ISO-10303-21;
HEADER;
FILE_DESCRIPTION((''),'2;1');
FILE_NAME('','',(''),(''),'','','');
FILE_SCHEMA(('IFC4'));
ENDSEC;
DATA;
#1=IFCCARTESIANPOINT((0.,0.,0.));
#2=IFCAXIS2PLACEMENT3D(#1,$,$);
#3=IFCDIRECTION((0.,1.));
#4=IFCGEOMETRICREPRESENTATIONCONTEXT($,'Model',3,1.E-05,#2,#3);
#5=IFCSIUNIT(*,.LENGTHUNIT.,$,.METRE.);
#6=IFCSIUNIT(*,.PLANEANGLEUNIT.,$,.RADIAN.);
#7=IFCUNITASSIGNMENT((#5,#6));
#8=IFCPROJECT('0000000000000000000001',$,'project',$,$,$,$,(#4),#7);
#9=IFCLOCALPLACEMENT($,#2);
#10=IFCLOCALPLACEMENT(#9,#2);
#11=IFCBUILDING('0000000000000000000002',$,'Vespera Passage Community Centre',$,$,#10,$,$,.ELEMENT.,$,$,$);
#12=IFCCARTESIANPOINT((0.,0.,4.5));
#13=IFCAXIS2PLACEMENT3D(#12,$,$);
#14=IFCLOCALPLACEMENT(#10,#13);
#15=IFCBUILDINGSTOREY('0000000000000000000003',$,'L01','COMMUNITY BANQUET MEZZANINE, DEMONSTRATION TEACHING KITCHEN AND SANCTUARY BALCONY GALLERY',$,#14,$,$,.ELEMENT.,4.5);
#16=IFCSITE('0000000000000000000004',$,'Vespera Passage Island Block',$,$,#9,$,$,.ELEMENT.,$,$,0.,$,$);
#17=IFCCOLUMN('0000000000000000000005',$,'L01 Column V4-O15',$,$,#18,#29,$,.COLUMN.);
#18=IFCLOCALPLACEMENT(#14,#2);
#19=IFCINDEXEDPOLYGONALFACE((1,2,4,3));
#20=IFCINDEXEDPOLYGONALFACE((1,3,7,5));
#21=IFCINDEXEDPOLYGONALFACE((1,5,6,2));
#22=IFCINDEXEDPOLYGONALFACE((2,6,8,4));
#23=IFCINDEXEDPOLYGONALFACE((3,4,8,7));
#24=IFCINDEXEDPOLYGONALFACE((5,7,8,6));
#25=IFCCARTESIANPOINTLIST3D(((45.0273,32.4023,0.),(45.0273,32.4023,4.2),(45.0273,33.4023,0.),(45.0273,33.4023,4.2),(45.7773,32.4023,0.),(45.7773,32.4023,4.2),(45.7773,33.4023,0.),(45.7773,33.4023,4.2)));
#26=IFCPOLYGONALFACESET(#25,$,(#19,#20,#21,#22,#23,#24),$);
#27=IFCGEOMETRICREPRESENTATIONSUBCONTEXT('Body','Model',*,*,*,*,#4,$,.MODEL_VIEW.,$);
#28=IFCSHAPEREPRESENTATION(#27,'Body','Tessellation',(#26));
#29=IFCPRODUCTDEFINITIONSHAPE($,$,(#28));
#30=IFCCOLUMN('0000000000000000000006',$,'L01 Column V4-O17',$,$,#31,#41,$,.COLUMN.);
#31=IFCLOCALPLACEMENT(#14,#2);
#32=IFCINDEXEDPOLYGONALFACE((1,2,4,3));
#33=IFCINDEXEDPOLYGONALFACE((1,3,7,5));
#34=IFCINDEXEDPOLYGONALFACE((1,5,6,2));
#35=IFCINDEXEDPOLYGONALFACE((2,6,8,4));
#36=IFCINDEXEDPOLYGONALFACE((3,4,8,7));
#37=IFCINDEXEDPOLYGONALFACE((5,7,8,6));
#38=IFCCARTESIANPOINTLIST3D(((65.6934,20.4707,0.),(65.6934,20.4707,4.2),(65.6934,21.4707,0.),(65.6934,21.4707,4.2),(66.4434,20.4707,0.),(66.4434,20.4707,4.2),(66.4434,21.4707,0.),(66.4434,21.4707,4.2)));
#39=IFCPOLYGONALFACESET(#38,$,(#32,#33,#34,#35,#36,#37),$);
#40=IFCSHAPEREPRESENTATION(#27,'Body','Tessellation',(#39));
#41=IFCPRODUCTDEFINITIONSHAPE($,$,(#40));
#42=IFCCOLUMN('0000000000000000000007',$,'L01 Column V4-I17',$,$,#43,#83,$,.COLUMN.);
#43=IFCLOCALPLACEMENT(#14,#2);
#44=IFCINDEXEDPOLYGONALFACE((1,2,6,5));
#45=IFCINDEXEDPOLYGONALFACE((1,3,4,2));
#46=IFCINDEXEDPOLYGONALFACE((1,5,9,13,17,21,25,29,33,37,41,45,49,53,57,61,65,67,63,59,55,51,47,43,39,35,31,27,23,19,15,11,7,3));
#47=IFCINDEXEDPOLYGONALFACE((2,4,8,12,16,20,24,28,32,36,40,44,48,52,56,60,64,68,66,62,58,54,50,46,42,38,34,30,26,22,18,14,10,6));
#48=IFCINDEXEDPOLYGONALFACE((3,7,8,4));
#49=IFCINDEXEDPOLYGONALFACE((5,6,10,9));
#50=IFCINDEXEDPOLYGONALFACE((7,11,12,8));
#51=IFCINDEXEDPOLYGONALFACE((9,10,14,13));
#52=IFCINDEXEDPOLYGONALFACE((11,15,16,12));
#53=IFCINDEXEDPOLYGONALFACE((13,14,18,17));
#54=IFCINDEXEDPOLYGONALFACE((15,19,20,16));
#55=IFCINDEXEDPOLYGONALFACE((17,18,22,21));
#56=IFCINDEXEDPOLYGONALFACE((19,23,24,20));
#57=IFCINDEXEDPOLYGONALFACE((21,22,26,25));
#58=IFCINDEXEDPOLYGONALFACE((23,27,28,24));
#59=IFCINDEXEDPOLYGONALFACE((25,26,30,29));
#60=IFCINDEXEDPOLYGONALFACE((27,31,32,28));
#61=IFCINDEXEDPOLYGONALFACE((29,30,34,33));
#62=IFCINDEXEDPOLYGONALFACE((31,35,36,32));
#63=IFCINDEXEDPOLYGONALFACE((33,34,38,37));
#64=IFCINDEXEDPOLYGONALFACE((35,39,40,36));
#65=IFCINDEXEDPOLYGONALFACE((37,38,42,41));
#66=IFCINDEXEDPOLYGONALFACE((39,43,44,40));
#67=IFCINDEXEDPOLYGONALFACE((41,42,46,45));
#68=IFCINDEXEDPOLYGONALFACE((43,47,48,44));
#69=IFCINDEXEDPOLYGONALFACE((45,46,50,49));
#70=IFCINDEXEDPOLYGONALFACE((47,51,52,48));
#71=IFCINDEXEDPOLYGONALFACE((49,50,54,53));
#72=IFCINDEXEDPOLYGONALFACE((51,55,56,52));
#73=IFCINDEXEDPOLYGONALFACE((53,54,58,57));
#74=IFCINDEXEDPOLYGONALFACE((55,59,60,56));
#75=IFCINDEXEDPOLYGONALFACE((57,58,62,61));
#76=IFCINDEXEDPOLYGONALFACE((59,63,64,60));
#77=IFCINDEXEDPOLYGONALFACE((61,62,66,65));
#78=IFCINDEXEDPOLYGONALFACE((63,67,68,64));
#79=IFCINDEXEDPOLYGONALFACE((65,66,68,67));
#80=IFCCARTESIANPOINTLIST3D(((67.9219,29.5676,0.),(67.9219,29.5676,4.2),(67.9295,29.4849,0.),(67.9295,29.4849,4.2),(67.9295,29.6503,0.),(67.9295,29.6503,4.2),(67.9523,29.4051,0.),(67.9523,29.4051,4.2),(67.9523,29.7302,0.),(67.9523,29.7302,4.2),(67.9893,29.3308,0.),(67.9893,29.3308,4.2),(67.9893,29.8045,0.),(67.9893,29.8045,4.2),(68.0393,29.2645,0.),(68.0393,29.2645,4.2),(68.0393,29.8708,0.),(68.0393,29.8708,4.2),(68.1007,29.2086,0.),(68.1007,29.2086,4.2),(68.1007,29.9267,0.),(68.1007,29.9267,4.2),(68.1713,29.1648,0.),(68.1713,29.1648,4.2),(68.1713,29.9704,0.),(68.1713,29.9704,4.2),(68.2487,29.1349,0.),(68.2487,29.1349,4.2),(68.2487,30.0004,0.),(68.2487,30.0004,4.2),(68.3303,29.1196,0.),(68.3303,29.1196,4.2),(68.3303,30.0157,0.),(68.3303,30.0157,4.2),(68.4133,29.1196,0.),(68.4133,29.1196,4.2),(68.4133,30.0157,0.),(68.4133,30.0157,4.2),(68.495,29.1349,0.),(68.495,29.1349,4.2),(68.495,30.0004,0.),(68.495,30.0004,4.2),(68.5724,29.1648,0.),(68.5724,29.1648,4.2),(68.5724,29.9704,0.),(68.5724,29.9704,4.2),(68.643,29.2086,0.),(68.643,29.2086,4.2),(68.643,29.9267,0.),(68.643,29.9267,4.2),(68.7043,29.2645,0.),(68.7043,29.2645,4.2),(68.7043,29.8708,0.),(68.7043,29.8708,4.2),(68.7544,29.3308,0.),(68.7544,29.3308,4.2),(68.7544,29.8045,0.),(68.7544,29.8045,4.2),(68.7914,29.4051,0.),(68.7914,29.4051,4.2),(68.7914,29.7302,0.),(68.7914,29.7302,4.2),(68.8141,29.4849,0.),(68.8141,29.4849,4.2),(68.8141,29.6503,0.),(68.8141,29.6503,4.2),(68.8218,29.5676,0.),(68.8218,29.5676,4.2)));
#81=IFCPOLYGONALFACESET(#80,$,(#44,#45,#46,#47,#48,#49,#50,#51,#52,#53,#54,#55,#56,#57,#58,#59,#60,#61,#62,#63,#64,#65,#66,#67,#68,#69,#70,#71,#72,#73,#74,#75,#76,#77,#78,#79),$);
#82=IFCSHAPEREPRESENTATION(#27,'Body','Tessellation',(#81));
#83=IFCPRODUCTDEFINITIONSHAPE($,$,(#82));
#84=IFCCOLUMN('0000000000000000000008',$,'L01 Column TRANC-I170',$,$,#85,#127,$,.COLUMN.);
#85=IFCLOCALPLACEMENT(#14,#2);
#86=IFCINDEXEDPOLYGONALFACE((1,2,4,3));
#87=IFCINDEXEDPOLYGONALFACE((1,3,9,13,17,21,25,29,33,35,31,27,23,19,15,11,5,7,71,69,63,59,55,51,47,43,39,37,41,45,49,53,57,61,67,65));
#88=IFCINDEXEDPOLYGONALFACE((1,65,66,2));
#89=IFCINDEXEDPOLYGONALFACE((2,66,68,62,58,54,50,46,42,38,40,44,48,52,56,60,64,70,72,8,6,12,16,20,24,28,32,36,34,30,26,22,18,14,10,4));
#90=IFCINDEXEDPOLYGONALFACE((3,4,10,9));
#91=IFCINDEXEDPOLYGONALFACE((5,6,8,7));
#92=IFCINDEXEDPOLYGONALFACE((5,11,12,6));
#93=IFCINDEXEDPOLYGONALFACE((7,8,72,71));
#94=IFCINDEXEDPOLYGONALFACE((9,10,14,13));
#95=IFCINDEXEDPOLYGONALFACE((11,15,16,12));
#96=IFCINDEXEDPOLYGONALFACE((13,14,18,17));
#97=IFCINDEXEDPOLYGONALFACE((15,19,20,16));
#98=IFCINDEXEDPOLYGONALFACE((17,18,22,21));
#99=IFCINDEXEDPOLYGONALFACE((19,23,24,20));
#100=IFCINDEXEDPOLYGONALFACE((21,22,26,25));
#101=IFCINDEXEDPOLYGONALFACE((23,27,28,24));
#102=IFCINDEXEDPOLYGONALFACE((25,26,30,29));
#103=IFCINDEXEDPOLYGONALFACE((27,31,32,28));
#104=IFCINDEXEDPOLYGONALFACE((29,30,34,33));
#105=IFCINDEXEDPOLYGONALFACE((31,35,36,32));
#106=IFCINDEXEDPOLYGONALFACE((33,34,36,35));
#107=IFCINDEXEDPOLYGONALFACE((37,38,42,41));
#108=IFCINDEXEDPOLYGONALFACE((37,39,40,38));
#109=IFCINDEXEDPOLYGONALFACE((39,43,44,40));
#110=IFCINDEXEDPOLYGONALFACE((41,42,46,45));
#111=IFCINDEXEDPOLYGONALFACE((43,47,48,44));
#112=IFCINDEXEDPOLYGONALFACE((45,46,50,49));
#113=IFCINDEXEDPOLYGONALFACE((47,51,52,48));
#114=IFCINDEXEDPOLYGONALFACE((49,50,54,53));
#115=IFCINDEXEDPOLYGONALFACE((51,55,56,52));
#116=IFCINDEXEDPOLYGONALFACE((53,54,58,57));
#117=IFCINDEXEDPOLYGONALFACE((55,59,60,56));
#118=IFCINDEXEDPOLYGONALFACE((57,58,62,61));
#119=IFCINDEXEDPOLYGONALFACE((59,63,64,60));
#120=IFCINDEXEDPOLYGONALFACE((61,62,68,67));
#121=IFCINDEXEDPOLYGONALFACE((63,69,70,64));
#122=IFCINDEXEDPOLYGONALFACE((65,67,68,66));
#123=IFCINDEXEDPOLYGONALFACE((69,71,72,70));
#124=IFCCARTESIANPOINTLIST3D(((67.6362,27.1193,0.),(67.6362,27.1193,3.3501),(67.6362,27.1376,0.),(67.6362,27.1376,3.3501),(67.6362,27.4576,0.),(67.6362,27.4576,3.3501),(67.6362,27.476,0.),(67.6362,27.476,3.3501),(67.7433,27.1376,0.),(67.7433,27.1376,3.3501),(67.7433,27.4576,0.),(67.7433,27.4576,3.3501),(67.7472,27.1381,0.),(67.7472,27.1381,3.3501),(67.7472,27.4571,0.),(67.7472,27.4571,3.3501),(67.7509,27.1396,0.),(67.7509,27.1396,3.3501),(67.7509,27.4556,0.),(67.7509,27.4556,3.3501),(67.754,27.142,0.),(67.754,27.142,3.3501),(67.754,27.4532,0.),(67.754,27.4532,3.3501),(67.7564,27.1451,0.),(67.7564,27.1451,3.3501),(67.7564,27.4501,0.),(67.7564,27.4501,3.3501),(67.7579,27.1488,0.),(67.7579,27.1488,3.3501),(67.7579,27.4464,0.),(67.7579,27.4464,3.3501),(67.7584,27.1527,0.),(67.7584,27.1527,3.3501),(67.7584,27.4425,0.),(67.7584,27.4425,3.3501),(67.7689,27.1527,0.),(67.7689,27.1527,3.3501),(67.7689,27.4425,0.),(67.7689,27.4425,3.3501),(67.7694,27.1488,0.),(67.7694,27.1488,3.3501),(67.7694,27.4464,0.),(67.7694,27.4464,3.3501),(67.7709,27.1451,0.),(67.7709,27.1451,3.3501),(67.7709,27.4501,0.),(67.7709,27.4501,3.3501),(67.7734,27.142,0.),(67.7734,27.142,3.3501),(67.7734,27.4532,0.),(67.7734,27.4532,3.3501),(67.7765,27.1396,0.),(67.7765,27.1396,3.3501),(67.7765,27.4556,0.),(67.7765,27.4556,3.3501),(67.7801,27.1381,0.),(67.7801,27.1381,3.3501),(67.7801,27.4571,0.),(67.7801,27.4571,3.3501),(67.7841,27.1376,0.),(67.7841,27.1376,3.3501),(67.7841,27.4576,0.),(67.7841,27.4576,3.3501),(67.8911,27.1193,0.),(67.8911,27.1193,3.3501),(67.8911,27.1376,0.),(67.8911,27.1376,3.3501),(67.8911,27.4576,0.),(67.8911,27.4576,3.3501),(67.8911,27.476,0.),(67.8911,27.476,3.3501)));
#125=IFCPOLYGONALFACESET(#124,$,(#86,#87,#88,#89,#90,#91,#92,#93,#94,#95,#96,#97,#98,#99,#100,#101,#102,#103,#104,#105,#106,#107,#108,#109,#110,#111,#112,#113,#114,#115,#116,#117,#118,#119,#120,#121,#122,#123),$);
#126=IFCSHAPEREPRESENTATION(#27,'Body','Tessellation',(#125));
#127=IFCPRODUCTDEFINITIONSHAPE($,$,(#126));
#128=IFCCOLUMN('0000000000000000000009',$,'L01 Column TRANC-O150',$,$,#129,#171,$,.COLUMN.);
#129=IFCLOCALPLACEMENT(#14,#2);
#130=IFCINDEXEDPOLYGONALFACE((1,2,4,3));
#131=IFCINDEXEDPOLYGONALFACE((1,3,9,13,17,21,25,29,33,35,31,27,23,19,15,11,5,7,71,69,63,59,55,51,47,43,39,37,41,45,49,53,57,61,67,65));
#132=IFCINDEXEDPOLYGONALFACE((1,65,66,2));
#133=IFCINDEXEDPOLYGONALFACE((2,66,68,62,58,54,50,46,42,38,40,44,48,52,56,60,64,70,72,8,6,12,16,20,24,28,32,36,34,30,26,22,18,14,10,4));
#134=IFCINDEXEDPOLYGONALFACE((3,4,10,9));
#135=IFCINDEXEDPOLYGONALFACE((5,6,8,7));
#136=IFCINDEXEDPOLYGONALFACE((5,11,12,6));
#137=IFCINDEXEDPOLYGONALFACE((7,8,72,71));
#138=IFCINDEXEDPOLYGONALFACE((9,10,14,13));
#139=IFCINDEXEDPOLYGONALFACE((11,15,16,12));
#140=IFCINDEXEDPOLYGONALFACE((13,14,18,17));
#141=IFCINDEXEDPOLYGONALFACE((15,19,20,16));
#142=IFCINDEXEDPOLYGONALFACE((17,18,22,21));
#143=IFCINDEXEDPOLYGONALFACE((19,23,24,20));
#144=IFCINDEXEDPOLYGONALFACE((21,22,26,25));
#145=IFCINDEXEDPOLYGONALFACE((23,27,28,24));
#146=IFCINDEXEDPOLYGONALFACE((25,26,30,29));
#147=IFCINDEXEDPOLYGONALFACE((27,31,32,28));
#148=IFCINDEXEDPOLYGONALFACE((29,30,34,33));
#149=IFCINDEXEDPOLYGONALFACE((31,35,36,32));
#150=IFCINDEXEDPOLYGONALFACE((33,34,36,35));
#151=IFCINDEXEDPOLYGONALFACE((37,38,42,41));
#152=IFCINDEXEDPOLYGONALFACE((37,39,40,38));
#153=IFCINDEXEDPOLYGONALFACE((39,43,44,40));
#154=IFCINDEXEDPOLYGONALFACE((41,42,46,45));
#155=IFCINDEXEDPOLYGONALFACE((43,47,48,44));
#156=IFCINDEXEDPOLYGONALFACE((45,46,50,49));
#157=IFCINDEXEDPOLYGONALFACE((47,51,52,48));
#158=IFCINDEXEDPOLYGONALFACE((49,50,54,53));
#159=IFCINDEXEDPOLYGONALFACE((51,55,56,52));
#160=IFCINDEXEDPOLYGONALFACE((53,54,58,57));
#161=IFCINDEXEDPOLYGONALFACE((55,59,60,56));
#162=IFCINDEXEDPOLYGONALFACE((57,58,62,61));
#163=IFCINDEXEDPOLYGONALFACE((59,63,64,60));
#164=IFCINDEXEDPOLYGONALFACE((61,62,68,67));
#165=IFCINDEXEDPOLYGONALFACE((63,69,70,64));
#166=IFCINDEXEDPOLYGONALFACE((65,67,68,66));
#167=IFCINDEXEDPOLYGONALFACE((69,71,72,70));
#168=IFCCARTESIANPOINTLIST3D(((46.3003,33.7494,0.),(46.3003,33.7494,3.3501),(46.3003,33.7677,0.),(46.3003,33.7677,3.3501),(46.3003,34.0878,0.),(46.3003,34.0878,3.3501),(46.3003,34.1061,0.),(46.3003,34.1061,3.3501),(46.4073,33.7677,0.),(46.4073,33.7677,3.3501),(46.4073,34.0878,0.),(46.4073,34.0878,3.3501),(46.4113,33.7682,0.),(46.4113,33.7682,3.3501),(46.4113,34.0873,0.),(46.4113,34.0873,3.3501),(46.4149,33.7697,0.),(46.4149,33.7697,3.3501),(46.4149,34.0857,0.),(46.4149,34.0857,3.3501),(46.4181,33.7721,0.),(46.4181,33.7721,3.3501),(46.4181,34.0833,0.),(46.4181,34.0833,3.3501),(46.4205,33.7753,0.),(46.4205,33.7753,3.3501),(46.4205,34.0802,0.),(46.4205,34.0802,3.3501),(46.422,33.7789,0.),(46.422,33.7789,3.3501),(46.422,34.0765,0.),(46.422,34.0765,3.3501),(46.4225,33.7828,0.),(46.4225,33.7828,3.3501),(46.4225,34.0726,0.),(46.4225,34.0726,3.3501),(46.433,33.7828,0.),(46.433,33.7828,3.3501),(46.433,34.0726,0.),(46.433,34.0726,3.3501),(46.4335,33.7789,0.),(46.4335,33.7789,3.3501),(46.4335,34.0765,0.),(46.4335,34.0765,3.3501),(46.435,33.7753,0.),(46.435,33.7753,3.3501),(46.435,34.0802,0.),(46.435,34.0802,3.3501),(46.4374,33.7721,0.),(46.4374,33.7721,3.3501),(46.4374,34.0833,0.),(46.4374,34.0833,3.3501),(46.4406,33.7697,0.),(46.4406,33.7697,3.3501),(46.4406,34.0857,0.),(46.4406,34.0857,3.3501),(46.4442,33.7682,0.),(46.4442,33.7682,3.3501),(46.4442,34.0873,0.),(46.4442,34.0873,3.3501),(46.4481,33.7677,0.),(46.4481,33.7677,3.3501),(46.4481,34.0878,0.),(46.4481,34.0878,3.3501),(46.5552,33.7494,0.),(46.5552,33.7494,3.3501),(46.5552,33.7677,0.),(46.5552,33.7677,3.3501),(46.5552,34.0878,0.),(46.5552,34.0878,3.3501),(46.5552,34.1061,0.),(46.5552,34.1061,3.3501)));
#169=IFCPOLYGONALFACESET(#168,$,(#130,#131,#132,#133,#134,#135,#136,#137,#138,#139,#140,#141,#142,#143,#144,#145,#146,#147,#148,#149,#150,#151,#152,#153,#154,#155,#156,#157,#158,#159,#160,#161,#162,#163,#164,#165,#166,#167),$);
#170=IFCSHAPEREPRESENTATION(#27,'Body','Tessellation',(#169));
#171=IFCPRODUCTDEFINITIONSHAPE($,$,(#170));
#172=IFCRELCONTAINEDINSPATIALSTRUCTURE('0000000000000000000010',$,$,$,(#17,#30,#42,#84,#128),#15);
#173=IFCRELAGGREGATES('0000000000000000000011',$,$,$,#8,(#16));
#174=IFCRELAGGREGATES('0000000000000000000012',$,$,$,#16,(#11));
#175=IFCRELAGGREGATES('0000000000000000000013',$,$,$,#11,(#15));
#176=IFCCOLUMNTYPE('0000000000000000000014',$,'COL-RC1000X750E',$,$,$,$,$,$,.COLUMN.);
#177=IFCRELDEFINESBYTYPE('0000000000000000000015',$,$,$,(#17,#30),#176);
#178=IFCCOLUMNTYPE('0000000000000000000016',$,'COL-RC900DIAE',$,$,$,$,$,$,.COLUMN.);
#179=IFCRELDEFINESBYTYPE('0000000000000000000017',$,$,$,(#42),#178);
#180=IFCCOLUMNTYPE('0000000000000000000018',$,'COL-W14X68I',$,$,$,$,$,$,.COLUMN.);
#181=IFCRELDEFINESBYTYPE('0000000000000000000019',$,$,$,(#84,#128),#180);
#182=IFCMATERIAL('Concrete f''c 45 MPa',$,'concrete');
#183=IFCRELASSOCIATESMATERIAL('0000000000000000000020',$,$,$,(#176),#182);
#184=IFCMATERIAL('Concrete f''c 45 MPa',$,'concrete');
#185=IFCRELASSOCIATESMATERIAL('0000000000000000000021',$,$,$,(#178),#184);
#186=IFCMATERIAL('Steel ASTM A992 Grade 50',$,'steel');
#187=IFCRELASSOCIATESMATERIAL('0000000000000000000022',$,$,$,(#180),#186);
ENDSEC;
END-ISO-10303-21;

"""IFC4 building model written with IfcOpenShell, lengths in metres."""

from ifc_helpers import new_model, si_unit, direction, frame, origin, origin_2d, place, context, subcontext, project, spatial, rectangle, circle, i_section, extrude, material, material_profile, profile_set, type_object, element, save


model = new_model("IFC4")

# Units and contexts
model_context = context("Model", 3, precision=1e-05, world=origin(), true_north=direction((0.0, 1.0)))
body_context = subcontext(model_context, "Body", "Model", "MODEL_VIEW")
ifc_project = project(units=[si_unit("LENGTHUNIT", "METRE"), si_unit("PLANEANGLEUNIT", "RADIAN")], contexts=[model_context])

# Site, building, storey
site_placement = place(None, origin())
site = spatial("IfcSite", under=ifc_project, at=site_placement, Name="Vespera Passage Island Block", CompositionType="ELEMENT", RefElevation=0.0)
building_placement = place(site_placement, origin())
building = spatial("IfcBuilding", under=site, at=building_placement, Name="Vespera Passage Community Centre", CompositionType="ELEMENT")
storey_placement = place(building_placement, frame((0.0, 0.0, 4.5)))
storey = spatial("IfcBuildingStorey", under=building, at=storey_placement, Name="L01", Description="COMMUNITY BANQUET MEZZANINE, DEMONSTRATION TEACHING KITCHEN AND SANCTUARY BALCONY GALLERY", CompositionType="ELEMENT", Elevation=4.5)

# Columns
ifc_material_1 = material(Name="Concrete f'c 45 MPa", Category="concrete")
ifc_material_profile_1 = material_profile(ifc_material_1, rectangle(XDim=0.75, YDim=1.0, at=origin_2d()), Name="RC1000X750")
ifc_profile_set_1 = profile_set([ifc_material_profile_1], Name="Concrete f'c 45 MPa")
column_type_1 = type_object("IfcColumnType", Name="COL-RC1000X750E", PredefinedType="COLUMN", material=ifc_profile_set_1)
for number, where, z_axis, x_axis, name in (
    (1, (45.4023, 32.9023, 0.0), (0.0, 0.0, 1.0), (1.0, 0.0, 0.0), "L01 Column V4-O15"),
    (2, (66.0684, 20.9707, 0.0), (0.0, 0.0, 1.0), (1.0, 0.0, 0.0), "L01 Column V4-O17"),
):
    element("IfcColumn", number, at=place(storey_placement, frame(where, z_axis=z_axis, x_axis=x_axis)), inside=storey, type_object=column_type_1, Name=name, PredefinedType="COLUMN", context=body_context, shape_type="SweptSolid", body=[
        extrude(rectangle(XDim=0.75, YDim=1.0, at=origin_2d()), origin(), (0.0, 0.0, 1.0), 4.2),
    ])
ifc_material_2 = material(Name="Concrete f'c 45 MPa", Category="concrete")
ifc_material_profile_2 = material_profile(ifc_material_2, circle(Radius=0.45, at=origin_2d()), Name="RC900DIA")
ifc_profile_set_2 = profile_set([ifc_material_profile_2], Name="Concrete f'c 45 MPa")
column_type_2 = type_object("IfcColumnType", Name="COL-RC900DIAE", PredefinedType="COLUMN", material=ifc_profile_set_2)
column_placement = place(storey_placement, frame((68.3718, 29.5676, 0.0), z_axis=(0.0, 0.0, 1.0), x_axis=(1.0, 0.0, 0.0)))
element("IfcColumn", 3, at=column_placement, inside=storey, type_object=column_type_2, Name="L01 Column V4-I17", PredefinedType="COLUMN", context=body_context, shape_type="SweptSolid", body=[
    extrude(circle(Radius=0.45, at=origin_2d()), origin(), (0.0, 0.0, 1.0), 4.2),
])
ifc_material_3 = material(Name="Steel ASTM A992 Grade 50", Category="steel")
ifc_material_profile_3 = material_profile(ifc_material_3, i_section(OverallWidth=0.2549, OverallDepth=0.3567, WebThickness=0.0105, FlangeThickness=0.0183, FilletRadius=0.0151, at=origin_2d()), Name="W14X68")
ifc_profile_set_3 = profile_set([ifc_material_profile_3], Name="Steel ASTM A992 Grade 50")
column_type_3 = type_object("IfcColumnType", Name="COL-W14X68I", PredefinedType="COLUMN", material=ifc_profile_set_3)
for number, where, z_axis, x_axis, name in (
    (4, (67.7637, 27.2976, 0.0), (0.0, 0.0, 1.0), (1.0, 0.0, 0.0), "L01 Column TRANC-I170"),
    (5, (46.4277, 33.9277, 0.0), (0.0, 0.0, 1.0), (1.0, 0.0, 0.0), "L01 Column TRANC-O150"),
):
    element("IfcColumn", number, at=place(storey_placement, frame(where, z_axis=z_axis, x_axis=x_axis)), inside=storey, type_object=column_type_3, Name=name, PredefinedType="COLUMN", context=body_context, shape_type="SweptSolid", body=[
        extrude(i_section(OverallWidth=0.2549, OverallDepth=0.3567, WebThickness=0.0105, FlangeThickness=0.0183, FilletRadius=0.0151, at=origin_2d()), origin(), (0.0, 0.0, 1.0), 3.3501),
    ])

save(model, "model.ifc")
